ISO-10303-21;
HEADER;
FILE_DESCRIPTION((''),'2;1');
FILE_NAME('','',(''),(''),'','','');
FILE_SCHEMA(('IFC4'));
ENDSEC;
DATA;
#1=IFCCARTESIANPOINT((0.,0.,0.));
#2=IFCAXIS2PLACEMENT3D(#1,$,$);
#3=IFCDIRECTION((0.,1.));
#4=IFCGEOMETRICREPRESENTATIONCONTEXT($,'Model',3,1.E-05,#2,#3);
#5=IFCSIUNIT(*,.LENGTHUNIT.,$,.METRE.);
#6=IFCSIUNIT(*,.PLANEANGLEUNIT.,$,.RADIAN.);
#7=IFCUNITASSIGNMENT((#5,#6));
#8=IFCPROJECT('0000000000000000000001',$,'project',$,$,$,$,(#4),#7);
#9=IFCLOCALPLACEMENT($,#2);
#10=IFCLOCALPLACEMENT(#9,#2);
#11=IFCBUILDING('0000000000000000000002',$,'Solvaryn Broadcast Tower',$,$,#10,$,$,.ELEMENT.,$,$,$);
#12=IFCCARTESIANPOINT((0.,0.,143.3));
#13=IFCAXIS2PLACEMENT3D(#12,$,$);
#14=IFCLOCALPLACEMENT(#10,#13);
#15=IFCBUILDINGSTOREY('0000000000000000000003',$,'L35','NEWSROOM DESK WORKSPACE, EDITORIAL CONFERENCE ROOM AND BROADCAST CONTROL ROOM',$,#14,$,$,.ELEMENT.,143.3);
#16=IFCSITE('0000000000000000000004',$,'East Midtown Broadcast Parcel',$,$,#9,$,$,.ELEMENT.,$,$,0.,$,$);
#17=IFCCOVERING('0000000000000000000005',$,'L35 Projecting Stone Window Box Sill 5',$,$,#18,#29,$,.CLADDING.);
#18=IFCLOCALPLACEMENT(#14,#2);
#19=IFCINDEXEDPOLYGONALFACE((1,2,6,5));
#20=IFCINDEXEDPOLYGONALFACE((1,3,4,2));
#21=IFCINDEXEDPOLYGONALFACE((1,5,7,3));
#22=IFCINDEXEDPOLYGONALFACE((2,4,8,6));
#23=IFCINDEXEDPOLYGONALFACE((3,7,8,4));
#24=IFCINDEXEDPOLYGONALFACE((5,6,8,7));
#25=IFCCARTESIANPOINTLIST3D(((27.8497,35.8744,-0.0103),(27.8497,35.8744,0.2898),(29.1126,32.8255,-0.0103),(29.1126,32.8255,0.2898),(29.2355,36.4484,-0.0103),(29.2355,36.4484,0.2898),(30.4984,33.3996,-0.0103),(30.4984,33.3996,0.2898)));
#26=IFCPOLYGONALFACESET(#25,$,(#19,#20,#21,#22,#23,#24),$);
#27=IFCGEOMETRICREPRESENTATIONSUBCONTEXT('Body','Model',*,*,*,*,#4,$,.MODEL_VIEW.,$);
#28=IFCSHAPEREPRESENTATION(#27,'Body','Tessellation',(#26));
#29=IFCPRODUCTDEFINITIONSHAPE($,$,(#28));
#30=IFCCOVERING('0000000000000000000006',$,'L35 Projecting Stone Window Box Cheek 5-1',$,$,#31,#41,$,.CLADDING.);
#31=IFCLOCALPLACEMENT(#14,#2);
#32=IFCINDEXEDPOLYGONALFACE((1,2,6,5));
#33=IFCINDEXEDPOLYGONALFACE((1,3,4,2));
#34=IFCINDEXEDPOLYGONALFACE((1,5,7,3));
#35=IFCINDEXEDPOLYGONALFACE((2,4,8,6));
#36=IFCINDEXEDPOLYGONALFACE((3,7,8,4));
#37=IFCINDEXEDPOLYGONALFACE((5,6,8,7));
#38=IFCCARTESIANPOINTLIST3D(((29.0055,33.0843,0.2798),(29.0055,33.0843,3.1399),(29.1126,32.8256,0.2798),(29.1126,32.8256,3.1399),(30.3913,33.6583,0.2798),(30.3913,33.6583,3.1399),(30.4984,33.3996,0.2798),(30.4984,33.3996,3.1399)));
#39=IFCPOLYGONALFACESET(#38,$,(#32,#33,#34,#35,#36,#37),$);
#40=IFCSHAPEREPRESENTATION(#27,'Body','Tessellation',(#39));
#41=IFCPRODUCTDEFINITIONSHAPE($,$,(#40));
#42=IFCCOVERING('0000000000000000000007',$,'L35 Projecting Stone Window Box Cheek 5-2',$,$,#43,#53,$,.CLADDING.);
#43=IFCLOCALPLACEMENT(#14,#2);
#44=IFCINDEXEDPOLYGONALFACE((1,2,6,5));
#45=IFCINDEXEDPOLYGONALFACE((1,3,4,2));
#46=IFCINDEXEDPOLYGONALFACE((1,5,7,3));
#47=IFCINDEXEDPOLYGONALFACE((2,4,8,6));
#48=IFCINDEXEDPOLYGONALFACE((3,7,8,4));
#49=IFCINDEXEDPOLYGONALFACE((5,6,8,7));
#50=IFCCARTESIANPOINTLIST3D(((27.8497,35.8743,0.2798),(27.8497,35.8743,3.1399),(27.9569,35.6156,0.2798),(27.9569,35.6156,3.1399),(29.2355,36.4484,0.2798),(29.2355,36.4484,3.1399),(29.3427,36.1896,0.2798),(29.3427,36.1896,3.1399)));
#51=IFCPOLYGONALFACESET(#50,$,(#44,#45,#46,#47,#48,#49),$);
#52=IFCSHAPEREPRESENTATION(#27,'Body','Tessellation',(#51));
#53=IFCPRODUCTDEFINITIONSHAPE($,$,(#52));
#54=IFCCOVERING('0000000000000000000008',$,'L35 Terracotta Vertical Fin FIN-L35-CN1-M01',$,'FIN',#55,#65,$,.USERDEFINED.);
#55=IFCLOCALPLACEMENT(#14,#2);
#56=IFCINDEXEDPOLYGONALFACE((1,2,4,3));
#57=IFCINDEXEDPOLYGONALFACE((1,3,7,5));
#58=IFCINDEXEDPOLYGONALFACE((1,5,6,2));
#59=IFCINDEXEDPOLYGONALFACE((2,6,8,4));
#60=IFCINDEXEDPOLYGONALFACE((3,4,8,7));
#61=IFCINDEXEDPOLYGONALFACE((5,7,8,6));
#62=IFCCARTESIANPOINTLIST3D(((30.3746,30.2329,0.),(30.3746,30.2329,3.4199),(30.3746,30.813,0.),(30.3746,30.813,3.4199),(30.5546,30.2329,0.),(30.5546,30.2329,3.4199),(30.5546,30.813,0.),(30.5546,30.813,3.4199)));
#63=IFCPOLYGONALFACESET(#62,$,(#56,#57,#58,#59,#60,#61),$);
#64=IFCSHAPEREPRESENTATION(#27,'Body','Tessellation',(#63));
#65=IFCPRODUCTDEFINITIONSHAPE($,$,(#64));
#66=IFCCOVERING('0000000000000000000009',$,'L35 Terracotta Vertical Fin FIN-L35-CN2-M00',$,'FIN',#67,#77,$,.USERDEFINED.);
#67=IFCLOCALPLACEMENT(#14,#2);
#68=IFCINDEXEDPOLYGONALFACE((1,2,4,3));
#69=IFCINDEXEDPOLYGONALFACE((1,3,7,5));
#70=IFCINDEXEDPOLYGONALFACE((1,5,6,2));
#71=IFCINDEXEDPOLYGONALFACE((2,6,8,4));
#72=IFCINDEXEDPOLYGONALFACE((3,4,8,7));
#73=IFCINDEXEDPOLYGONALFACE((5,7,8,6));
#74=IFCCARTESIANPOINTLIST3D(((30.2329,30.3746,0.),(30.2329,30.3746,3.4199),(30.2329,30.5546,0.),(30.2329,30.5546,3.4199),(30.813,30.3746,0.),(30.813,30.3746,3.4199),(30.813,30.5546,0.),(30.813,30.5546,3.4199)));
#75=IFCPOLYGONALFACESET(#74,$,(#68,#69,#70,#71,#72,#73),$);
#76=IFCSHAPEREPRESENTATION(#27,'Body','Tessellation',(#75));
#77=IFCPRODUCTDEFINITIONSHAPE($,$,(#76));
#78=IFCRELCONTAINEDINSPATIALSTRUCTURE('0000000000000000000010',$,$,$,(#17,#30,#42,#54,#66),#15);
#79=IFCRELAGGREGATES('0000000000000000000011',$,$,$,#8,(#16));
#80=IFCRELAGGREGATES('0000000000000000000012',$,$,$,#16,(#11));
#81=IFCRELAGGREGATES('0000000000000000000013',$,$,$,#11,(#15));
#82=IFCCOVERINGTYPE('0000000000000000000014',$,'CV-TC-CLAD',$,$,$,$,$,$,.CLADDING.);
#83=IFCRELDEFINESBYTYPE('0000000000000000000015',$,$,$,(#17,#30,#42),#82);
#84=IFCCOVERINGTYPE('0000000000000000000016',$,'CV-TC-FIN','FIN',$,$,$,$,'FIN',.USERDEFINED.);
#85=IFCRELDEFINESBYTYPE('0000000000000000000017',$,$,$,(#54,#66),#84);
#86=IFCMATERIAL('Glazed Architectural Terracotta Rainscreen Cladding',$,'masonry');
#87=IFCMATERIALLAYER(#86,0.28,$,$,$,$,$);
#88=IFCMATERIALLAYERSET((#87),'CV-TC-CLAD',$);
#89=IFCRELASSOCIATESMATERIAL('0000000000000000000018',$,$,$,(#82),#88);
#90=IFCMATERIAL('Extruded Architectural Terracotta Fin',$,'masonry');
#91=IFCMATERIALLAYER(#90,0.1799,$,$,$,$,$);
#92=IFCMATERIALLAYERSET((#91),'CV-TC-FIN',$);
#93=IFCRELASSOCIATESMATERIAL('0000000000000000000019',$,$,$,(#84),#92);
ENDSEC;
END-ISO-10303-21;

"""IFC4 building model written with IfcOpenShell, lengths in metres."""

from ifc_helpers import new_model, si_unit, direction, frame, origin, origin_2d, place, context, subcontext, project, spatial, rectangle, extrude, material, layer, layer_set, type_object, element, save


model = new_model("IFC4")

# Units and contexts
model_context = context("Model", 3, precision=1e-05, world=origin(), true_north=direction((0.0, 1.0)))
body_context = subcontext(model_context, "Body", "Model", "MODEL_VIEW")
ifc_project = project(units=[si_unit("LENGTHUNIT", "METRE"), si_unit("PLANEANGLEUNIT", "RADIAN")], contexts=[model_context])

# Site, building, storey
site_placement = place(None, origin())
site = spatial("IfcSite", under=ifc_project, at=site_placement, Name="East Midtown Broadcast Parcel", CompositionType="ELEMENT", RefElevation=0.0)
building_placement = place(site_placement, origin())
building = spatial("IfcBuilding", under=site, at=building_placement, Name="Solvaryn Broadcast Tower", CompositionType="ELEMENT")
storey_placement = place(building_placement, frame((0.0, 0.0, 143.3)))
storey = spatial("IfcBuildingStorey", under=building, at=storey_placement, Name="L35", Description="NEWSROOM DESK WORKSPACE, EDITORIAL CONFERENCE ROOM AND BROADCAST CONTROL ROOM", CompositionType="ELEMENT", Elevation=143.3)

# Coverings
ifc_material_1 = material(Name="Glazed Architectural Terracotta Rainscreen Cladding", Category="masonry")
ifc_layer_1 = layer(ifc_material_1, 0.28)
ifc_layer_set_1 = layer_set([ifc_layer_1], Name="CV-TC-CLAD")
covering_type_1 = type_object("IfcCoveringType", Name="CV-TC-CLAD", PredefinedType="CLADDING", material=ifc_layer_set_1)
for number, where, z_axis, x_axis, name in (
    (1, (29.1741, 34.637, -0.0103), (0.0, 0.0, 1.0), (-0.382683, 0.92388, 0.0), "L35 Projecting Stone Window Box Sill 5"),
):
    element("IfcCovering", number, at=place(storey_placement, frame(where, z_axis=z_axis, x_axis=x_axis)), inside=storey, type_object=covering_type_1, Name=name, PredefinedType="CLADDING", context=body_context, shape_type="SweptSolid", body=[
        extrude(rectangle(XDim=3.3, YDim=1.5, at=origin_2d()), origin(), (0.0, 0.0, 1.0), 0.3),
    ])
for number, where, z_axis, x_axis, name in (
    (2, (29.752, 33.2419, 0.2798), (0.0, 0.0, 1.0), (-0.382683, 0.92388, 0.0), "L35 Projecting Stone Window Box Cheek 5-1"),
    (3, (28.5962, 36.032, 0.2798), (0.0, 0.0, 1.0), (-0.382683, 0.92388, 0.0), "L35 Projecting Stone Window Box Cheek 5-2"),
):
    element("IfcCovering", number, at=place(storey_placement, frame(where, z_axis=z_axis, x_axis=x_axis)), inside=storey, type_object=covering_type_1, Name=name, PredefinedType="CLADDING", context=body_context, shape_type="SweptSolid", body=[
        extrude(rectangle(XDim=0.28, YDim=1.5, at=origin_2d()), origin(), (0.0, 0.0, 1.0), 2.8601),
    ])
ifc_material_2 = material(Name="Extruded Architectural Terracotta Fin", Category="masonry")
ifc_layer_2 = layer(ifc_material_2, 0.1799)
ifc_layer_set_2 = layer_set([ifc_layer_2], Name="CV-TC-FIN")
covering_type_2 = type_object("IfcCoveringType", Name="CV-TC-FIN", Description="FIN", ElementType="FIN", PredefinedType="USERDEFINED", material=ifc_layer_set_2)
covering_1_placement = place(storey_placement, frame((30.4646, 30.5229, 0.0), z_axis=(0.0, 0.0, 1.0), x_axis=(1.0, 0.0, 0.0)))
element("IfcCovering", 4, at=covering_1_placement, inside=storey, type_object=covering_type_2, Name="L35 Terracotta Vertical Fin FIN-L35-CN1-M01", ObjectType="FIN", PredefinedType="USERDEFINED", context=body_context, shape_type="SweptSolid", body=[
    extrude(rectangle(XDim=0.1799, YDim=0.5801, at=origin_2d()), origin(), (0.0, 0.0, 1.0), 3.4199),
])
covering_2_placement = place(storey_placement, frame((30.5229, 30.4646, 0.0), z_axis=(0.0, 0.0, 1.0), x_axis=(1.0, 0.0, 0.0)))
element("IfcCovering", 5, at=covering_2_placement, inside=storey, type_object=covering_type_2, Name="L35 Terracotta Vertical Fin FIN-L35-CN2-M00", ObjectType="FIN", PredefinedType="USERDEFINED", context=body_context, shape_type="SweptSolid", body=[
    extrude(rectangle(XDim=0.5801, YDim=0.1799, at=origin_2d()), origin(), (0.0, 0.0, 1.0), 3.4199),
])

save(model, "model.ifc")
